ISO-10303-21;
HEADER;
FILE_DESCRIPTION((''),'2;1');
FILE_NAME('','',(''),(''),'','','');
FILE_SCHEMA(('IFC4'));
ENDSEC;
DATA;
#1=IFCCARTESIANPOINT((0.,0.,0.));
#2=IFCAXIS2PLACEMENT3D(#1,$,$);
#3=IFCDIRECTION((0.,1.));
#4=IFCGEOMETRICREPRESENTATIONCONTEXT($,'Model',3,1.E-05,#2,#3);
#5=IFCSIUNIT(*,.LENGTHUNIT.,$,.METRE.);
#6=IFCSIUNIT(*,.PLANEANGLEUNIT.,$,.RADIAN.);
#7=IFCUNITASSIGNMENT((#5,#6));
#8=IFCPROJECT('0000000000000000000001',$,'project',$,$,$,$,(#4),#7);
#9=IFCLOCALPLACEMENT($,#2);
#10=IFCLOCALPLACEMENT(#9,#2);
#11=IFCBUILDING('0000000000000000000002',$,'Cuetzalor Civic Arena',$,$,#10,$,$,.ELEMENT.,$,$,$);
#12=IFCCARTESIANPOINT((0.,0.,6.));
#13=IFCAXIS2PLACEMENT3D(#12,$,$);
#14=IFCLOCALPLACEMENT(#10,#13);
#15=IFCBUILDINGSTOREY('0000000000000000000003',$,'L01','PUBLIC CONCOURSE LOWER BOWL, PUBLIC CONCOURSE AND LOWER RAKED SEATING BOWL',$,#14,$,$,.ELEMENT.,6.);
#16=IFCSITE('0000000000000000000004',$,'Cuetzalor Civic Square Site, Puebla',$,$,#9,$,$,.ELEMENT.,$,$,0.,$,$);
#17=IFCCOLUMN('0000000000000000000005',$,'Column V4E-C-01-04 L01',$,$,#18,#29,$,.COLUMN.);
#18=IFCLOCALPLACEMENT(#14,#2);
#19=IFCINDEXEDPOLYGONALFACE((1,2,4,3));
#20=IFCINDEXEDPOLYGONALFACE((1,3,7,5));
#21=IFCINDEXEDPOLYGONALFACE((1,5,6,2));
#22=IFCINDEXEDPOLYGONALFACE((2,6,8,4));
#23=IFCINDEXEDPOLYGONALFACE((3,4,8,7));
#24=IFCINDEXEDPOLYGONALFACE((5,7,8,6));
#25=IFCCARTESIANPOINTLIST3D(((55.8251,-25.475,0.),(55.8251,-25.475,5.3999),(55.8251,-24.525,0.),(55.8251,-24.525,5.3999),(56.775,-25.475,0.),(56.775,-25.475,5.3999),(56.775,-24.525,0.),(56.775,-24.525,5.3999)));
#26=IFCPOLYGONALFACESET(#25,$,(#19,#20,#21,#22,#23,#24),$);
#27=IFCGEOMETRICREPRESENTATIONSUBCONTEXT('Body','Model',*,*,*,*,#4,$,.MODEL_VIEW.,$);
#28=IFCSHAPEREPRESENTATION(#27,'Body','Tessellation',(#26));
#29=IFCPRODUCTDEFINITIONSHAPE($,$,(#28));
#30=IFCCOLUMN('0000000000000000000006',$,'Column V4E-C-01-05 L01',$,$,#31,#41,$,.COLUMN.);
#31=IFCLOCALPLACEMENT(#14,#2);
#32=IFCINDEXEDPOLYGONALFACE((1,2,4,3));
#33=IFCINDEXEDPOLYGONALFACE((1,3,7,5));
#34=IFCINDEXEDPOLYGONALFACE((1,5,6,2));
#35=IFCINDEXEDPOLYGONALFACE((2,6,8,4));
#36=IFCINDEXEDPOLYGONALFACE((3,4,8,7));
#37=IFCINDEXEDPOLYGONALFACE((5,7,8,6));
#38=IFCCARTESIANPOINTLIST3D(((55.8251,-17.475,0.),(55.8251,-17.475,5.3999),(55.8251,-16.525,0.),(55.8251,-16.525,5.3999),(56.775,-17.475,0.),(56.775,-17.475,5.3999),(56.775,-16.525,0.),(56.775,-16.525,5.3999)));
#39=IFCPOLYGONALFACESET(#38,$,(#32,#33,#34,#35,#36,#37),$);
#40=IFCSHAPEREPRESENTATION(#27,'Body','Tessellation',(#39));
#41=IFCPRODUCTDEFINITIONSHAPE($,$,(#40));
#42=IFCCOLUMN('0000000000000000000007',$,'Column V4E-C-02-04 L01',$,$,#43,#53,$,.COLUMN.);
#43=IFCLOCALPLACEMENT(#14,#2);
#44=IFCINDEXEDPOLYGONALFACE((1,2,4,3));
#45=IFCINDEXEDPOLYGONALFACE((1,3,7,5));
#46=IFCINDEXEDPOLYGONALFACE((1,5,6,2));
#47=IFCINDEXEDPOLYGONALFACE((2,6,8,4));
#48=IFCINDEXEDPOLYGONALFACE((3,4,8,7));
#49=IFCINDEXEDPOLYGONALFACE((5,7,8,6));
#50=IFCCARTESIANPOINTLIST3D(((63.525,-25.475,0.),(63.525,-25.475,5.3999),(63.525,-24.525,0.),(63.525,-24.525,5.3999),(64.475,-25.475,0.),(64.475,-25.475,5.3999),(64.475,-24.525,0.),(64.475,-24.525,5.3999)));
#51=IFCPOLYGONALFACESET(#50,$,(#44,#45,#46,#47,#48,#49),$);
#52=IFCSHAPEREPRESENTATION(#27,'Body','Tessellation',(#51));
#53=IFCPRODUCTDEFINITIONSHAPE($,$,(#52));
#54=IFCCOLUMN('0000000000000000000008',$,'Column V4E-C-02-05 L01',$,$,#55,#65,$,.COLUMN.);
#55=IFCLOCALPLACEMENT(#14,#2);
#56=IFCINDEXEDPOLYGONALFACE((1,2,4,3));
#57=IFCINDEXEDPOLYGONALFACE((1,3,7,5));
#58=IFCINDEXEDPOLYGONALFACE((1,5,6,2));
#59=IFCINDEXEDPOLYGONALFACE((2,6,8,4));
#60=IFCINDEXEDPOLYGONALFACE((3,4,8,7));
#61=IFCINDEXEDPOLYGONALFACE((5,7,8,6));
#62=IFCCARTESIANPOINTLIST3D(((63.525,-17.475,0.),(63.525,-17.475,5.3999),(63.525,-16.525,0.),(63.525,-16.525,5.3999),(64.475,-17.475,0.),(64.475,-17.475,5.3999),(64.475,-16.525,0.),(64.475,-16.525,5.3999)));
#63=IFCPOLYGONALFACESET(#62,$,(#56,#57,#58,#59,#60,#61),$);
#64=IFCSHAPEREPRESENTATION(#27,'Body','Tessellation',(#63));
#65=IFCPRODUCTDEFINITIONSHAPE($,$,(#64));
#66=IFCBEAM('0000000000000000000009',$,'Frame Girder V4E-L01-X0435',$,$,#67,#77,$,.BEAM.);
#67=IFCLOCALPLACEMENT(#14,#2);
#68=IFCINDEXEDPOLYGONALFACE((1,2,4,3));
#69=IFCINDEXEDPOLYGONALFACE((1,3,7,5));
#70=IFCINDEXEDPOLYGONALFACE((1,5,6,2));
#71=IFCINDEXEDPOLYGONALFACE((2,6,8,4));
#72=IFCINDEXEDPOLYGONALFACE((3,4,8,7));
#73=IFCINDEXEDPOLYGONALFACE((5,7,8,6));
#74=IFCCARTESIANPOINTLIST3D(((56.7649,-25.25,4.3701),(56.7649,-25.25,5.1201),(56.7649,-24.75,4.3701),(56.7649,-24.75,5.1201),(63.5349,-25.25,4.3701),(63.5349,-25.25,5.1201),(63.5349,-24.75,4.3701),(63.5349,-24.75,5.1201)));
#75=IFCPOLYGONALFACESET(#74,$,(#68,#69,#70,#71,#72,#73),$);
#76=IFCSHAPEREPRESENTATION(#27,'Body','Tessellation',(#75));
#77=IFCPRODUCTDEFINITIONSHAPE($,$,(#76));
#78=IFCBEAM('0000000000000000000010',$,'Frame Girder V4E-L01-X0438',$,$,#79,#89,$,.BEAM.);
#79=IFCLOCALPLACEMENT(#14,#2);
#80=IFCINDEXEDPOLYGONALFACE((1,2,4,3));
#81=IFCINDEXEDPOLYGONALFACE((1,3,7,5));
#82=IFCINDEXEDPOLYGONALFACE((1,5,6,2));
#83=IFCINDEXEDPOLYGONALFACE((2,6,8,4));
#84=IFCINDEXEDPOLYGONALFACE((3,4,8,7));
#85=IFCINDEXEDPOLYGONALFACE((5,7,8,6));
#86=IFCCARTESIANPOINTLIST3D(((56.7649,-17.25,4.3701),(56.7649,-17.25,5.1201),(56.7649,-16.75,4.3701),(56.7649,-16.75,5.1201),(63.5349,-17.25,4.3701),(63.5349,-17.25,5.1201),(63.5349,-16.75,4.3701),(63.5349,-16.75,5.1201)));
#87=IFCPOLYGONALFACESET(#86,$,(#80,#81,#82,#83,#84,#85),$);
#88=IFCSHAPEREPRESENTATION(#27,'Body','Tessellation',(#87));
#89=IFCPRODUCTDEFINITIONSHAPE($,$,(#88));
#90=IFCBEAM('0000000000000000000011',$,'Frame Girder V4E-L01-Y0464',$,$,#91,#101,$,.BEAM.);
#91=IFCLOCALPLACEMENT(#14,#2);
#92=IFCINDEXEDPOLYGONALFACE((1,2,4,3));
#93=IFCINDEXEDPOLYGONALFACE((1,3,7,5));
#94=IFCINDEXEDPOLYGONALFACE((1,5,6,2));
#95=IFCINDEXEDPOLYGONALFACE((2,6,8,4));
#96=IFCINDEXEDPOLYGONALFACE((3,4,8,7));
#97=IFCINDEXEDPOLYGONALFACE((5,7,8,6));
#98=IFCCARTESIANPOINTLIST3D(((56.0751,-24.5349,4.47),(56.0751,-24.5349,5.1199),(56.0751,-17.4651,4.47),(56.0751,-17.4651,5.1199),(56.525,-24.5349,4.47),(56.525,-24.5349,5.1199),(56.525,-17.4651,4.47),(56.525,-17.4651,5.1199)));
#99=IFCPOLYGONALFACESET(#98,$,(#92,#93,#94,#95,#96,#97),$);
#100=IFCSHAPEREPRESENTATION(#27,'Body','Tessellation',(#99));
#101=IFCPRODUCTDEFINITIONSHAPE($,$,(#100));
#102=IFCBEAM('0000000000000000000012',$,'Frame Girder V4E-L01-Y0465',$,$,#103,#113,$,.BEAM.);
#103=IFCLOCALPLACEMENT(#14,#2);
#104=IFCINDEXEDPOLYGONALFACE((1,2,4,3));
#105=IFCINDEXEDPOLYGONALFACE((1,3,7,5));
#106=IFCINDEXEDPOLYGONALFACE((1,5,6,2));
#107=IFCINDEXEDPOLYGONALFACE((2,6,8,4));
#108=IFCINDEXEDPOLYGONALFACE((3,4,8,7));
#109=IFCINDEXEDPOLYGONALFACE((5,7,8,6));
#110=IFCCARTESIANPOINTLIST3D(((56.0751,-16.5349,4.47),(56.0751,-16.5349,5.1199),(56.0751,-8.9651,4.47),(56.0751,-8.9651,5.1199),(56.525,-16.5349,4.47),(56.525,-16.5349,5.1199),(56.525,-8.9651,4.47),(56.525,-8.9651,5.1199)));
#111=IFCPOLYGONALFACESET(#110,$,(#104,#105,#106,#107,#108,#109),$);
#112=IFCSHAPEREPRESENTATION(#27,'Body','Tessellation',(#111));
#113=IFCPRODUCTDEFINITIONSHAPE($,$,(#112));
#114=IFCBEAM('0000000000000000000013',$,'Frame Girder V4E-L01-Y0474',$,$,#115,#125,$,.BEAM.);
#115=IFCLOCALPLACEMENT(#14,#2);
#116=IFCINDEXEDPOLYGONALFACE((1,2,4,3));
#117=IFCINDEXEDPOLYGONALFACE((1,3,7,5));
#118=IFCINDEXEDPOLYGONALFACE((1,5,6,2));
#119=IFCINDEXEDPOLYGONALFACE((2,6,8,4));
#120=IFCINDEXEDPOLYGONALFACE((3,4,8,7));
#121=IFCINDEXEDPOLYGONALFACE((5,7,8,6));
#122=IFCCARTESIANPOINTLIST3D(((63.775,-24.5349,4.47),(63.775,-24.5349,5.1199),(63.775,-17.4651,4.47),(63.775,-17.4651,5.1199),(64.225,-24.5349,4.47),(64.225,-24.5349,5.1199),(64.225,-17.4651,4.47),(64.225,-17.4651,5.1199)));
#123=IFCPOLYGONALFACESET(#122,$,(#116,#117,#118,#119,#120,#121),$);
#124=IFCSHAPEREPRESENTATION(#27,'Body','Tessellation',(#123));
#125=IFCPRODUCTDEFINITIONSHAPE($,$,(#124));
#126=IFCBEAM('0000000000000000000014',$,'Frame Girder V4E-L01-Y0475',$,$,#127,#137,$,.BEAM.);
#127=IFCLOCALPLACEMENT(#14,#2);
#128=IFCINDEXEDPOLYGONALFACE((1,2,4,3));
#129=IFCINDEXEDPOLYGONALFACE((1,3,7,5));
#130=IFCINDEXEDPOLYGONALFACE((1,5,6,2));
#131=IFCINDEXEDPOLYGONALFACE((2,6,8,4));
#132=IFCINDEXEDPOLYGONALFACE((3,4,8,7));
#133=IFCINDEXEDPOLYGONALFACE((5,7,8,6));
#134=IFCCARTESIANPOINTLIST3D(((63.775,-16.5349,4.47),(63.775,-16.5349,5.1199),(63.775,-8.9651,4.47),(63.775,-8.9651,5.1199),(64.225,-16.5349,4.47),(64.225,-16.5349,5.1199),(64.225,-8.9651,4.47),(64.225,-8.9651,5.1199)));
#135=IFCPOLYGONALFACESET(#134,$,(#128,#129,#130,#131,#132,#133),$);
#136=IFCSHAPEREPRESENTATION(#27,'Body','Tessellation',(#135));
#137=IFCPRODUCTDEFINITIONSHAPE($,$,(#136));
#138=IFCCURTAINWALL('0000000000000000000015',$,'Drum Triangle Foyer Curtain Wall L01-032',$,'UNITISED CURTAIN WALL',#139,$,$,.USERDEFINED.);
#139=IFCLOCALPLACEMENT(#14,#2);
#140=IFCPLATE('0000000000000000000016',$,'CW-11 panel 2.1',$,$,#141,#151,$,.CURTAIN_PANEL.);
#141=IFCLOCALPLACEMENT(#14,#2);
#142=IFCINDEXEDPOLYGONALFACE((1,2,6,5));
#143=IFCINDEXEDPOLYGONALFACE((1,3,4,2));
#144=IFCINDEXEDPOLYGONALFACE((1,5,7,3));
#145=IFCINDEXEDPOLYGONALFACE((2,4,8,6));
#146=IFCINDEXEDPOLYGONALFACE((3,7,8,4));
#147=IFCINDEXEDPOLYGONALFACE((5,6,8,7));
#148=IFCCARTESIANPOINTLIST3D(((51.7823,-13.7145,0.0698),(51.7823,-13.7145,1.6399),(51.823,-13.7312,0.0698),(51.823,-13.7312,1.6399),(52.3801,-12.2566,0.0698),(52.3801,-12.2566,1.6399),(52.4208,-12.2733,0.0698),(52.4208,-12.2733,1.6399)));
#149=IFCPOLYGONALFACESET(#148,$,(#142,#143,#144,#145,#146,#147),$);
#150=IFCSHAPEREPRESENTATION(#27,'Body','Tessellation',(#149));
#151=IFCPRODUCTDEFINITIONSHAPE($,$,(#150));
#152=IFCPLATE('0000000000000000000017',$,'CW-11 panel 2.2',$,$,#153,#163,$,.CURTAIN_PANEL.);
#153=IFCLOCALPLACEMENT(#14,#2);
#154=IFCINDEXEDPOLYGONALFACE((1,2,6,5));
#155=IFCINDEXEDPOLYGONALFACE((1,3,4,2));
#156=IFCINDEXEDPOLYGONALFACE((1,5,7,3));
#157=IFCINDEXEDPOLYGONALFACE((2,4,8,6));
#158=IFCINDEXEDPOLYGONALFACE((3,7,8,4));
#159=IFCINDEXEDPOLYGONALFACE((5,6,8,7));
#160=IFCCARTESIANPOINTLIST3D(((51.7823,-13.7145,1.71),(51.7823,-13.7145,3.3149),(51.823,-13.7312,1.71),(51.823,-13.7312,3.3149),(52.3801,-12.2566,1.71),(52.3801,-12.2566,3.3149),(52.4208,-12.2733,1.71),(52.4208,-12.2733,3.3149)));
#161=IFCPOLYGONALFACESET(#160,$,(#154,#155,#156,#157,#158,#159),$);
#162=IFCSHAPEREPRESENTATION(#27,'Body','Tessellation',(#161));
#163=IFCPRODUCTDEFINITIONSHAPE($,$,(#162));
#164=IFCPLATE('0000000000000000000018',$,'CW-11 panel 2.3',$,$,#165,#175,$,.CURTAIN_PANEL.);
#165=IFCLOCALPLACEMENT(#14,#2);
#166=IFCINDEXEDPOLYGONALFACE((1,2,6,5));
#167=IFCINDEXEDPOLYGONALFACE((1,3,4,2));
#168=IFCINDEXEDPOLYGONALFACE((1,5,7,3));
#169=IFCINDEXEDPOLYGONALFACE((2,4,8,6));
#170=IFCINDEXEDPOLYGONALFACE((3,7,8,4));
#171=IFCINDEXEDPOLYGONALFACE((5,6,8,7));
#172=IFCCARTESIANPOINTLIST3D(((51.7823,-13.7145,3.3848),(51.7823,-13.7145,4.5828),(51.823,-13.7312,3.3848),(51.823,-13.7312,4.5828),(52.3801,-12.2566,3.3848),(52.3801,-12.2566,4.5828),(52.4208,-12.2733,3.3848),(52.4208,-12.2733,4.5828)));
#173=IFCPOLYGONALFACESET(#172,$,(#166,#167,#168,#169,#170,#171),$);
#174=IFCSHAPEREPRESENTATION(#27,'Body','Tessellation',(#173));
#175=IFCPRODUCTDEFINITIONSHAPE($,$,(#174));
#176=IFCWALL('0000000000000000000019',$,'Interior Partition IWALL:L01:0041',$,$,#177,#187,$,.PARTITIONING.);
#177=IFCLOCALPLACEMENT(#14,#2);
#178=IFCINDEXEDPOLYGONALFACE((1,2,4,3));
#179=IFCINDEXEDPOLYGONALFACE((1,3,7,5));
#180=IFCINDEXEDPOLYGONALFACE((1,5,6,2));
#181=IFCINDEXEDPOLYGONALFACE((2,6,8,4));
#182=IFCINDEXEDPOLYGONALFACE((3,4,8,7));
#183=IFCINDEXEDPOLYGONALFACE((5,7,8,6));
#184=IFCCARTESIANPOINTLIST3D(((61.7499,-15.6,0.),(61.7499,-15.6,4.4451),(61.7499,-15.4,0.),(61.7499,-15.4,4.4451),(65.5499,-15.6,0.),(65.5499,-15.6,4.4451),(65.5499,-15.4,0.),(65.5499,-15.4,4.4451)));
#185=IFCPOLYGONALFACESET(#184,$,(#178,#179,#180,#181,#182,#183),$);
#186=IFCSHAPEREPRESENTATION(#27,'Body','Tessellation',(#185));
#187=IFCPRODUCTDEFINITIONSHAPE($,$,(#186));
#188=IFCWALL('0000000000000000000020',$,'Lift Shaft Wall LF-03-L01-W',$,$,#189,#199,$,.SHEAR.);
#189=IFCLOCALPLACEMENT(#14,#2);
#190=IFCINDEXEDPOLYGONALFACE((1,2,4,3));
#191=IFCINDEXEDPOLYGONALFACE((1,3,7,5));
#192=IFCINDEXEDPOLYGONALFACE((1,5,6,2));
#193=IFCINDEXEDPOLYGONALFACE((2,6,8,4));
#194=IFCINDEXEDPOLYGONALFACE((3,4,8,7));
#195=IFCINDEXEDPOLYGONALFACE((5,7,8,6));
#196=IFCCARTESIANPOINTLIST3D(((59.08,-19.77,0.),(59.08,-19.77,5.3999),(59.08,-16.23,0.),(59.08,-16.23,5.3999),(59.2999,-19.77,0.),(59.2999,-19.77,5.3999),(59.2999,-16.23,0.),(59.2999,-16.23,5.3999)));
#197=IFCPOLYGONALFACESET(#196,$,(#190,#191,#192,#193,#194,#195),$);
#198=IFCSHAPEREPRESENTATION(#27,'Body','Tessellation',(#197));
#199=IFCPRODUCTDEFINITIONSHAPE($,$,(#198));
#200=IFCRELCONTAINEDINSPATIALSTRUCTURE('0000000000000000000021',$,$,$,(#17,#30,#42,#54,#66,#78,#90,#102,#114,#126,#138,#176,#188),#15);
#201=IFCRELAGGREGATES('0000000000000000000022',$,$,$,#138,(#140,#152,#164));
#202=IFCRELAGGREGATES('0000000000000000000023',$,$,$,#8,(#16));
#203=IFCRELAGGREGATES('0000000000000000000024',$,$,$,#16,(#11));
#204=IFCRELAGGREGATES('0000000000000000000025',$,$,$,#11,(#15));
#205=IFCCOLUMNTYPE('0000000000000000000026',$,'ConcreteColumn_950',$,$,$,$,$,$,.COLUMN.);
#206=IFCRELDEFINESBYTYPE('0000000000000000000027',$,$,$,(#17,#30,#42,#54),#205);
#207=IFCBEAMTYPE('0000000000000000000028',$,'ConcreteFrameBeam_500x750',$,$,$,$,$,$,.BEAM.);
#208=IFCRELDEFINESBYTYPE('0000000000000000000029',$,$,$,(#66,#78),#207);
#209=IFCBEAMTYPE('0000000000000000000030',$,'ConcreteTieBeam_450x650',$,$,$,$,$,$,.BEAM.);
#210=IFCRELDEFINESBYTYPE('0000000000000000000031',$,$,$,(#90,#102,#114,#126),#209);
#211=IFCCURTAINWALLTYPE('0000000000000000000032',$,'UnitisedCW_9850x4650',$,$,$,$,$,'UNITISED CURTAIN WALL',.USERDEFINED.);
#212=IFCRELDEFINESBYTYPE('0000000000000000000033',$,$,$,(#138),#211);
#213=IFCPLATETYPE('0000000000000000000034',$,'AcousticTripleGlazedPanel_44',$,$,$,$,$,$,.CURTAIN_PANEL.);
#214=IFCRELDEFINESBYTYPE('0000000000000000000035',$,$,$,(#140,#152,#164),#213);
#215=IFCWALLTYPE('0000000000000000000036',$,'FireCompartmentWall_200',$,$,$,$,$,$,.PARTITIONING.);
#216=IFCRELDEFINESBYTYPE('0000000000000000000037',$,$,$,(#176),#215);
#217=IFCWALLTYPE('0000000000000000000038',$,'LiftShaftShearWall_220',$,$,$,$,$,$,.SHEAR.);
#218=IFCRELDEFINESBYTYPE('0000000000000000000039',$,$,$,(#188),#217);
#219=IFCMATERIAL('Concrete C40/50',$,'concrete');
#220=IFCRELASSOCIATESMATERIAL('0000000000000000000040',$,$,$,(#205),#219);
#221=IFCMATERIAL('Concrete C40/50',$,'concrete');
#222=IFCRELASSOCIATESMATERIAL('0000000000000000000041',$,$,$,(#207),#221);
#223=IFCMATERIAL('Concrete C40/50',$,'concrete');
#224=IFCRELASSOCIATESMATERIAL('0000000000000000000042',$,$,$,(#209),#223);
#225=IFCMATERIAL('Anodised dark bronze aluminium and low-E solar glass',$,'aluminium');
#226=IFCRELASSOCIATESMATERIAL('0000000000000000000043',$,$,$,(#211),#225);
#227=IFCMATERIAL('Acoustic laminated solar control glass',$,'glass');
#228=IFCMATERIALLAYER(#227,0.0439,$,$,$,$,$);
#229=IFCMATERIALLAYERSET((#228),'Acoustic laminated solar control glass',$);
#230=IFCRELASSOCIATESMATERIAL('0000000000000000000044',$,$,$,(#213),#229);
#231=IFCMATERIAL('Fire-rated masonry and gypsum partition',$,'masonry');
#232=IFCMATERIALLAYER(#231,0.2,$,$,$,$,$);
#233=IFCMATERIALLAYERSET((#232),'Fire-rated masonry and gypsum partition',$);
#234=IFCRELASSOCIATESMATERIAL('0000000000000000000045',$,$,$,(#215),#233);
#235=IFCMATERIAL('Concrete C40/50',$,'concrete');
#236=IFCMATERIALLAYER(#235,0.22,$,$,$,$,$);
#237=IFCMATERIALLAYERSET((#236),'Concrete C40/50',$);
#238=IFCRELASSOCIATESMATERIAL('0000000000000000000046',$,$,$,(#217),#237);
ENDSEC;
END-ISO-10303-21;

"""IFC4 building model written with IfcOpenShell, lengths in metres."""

from ifc_helpers import new_model, si_unit, direction, frame, frame_2d, origin, origin_2d, place, context, subcontext, project, spatial, rectangle, extrude, material, layer, layer_set, material_profile, profile_set, type_object, element, aggregate, save


model = new_model("IFC4")

# Units and contexts
model_context = context("Model", 3, precision=1e-05, world=origin(), true_north=direction((0.0, 1.0)))
body_context = subcontext(model_context, "Body", "Model", "MODEL_VIEW")
ifc_project = project(units=[si_unit("LENGTHUNIT", "METRE"), si_unit("PLANEANGLEUNIT", "RADIAN")], contexts=[model_context])

# Site, building, storey
site_placement = place(None, origin())
site = spatial("IfcSite", under=ifc_project, at=site_placement, Name="Cuetzalor Civic Square Site, Puebla", CompositionType="ELEMENT", RefElevation=0.0)
building_placement = place(site_placement, origin())
building = spatial("IfcBuilding", under=site, at=building_placement, Name="Cuetzalor Civic Arena", CompositionType="ELEMENT")
storey_placement = place(building_placement, frame((0.0, 0.0, 6.0)))
storey = spatial("IfcBuildingStorey", under=building, at=storey_placement, Name="L01", Description="PUBLIC CONCOURSE LOWER BOWL, PUBLIC CONCOURSE AND LOWER RAKED SEATING BOWL", CompositionType="ELEMENT", Elevation=6.0)

# Columns
ifc_material_1 = material(Name="Concrete C40/50", Category="concrete")
ifc_material_profile_1 = material_profile(ifc_material_1, rectangle(XDim=0.95, YDim=0.95, at=origin_2d()), Name="RC 950x950")
ifc_profile_set_1 = profile_set([ifc_material_profile_1], Name="Concrete C40/50")
column_type = type_object("IfcColumnType", Name="ConcreteColumn_950", PredefinedType="COLUMN", material=ifc_profile_set_1)
for number, where, z_axis, x_axis, name in (
    (1, (56.3, -25.0, 0.0), (0.0, 0.0, 1.0), (1.0, 0.0, 0.0), "Column V4E-C-01-04 L01"),
    (2, (56.3, -17.0, 0.0), (0.0, 0.0, 1.0), (1.0, 0.0, 0.0), "Column V4E-C-01-05 L01"),
    (3, (64.0, -25.0, 0.0), (0.0, 0.0, 1.0), (1.0, 0.0, 0.0), "Column V4E-C-02-04 L01"),
    (4, (64.0, -17.0, 0.0), (0.0, 0.0, 1.0), (1.0, 0.0, 0.0), "Column V4E-C-02-05 L01"),
):
    element("IfcColumn", number, at=place(storey_placement, frame(where, z_axis=z_axis, x_axis=x_axis)), inside=storey, type_object=column_type, Name=name, PredefinedType="COLUMN", context=body_context, shape_type="SweptSolid", body=[
        extrude(rectangle(XDim=0.95, YDim=0.95, at=origin_2d()), origin(), (0.0, 0.0, 1.0), 5.3999),
    ])

# Beams
ifc_material_2 = material(Name="Concrete C40/50", Category="concrete")
ifc_material_profile_2 = material_profile(ifc_material_2, rectangle(XDim=0.5, YDim=0.75, at=origin_2d()), Name="RC 500x750")
ifc_profile_set_2 = profile_set([ifc_material_profile_2], Name="Concrete C40/50")
beam_type_1 = type_object("IfcBeamType", Name="ConcreteFrameBeam_500x750", PredefinedType="BEAM", material=ifc_profile_set_2)
for number, where, z_axis, x_axis, name in (
    (5, (56.7649, -25.0, 4.7451), (1.0, 0.0, 0.0), (0.0, 1.0, 0.0), "Frame Girder V4E-L01-X0435"),
    (6, (56.7649, -17.0, 4.7451), (1.0, 0.0, 0.0), (0.0, 1.0, 0.0), "Frame Girder V4E-L01-X0438"),
):
    element("IfcBeam", number, at=place(storey_placement, frame(where, z_axis=z_axis, x_axis=x_axis)), inside=storey, type_object=beam_type_1, Name=name, PredefinedType="BEAM", context=body_context, shape_type="SweptSolid", body=[
        extrude(rectangle(XDim=0.5, YDim=0.75, at=origin_2d()), origin(), (0.0, 0.0, 1.0), 6.77),
    ])
ifc_material_3 = material(Name="Concrete C40/50", Category="concrete")
ifc_material_profile_3 = material_profile(ifc_material_3, rectangle(XDim=0.45, YDim=0.6499, at=origin_2d()), Name="RC 450x650")
ifc_profile_set_3 = profile_set([ifc_material_profile_3], Name="Concrete C40/50")
beam_type_2 = type_object("IfcBeamType", Name="ConcreteTieBeam_450x650", PredefinedType="BEAM", material=ifc_profile_set_3)
beam_1_placement = place(storey_placement, frame((56.3, -24.5349, 4.7949), z_axis=(0.0, 1.0, 0.0), x_axis=(-1.0, 0.0, 0.0)))
element("IfcBeam", 7, at=beam_1_placement, inside=storey, type_object=beam_type_2, Name="Frame Girder V4E-L01-Y0464", PredefinedType="BEAM", context=body_context, shape_type="SweptSolid", body=[
    extrude(rectangle(XDim=0.45, YDim=0.6499, at=origin_2d()), origin(), (0.0, 0.0, 1.0), 7.0698),
])
beam_2_placement = place(storey_placement, frame((56.3, -16.5349, 4.7949), z_axis=(0.0, 1.0, 0.0), x_axis=(-1.0, 0.0, 0.0)))
element("IfcBeam", 8, at=beam_2_placement, inside=storey, type_object=beam_type_2, Name="Frame Girder V4E-L01-Y0465", PredefinedType="BEAM", context=body_context, shape_type="SweptSolid", body=[
    extrude(rectangle(XDim=0.45, YDim=0.6499, at=origin_2d()), origin(), (0.0, 0.0, 1.0), 7.5698),
])
beam_3_placement = place(storey_placement, frame((64.0, -24.5349, 4.7949), z_axis=(0.0, 1.0, 0.0), x_axis=(-1.0, 0.0, 0.0)))
element("IfcBeam", 9, at=beam_3_placement, inside=storey, type_object=beam_type_2, Name="Frame Girder V4E-L01-Y0474", PredefinedType="BEAM", context=body_context, shape_type="SweptSolid", body=[
    extrude(rectangle(XDim=0.45, YDim=0.6499, at=origin_2d()), origin(), (0.0, 0.0, 1.0), 7.0698),
])
beam_4_placement = place(storey_placement, frame((64.0, -16.5349, 4.7949), z_axis=(0.0, 1.0, 0.0), x_axis=(-1.0, 0.0, 0.0)))
element("IfcBeam", 10, at=beam_4_placement, inside=storey, type_object=beam_type_2, Name="Frame Girder V4E-L01-Y0475", PredefinedType="BEAM", context=body_context, shape_type="SweptSolid", body=[
    extrude(rectangle(XDim=0.45, YDim=0.6499, at=origin_2d()), origin(), (0.0, 0.0, 1.0), 7.5698),
])

# Curtain wall, plates
ifc_material_4 = material(Name="Anodised dark bronze aluminium and low-E solar glass", Category="aluminium")
curtain_wall_type = type_object("IfcCurtainWallType", Name="UnitisedCW_9850x4650", ElementType="UNITISED CURTAIN WALL", PredefinedType="USERDEFINED", material=ifc_material_4)
curtain_wall_placement = place(storey_placement, origin())
curtain_wall = element("IfcCurtainWall", 11, at=curtain_wall_placement, inside=storey, type_object=curtain_wall_type, Name="Drum Triangle Foyer Curtain Wall L01-032", ObjectType="UNITISED CURTAIN WALL", PredefinedType="USERDEFINED")
ifc_material_5 = material(Name="Acoustic laminated solar control glass", Category="glass")
ifc_layer_1 = layer(ifc_material_5, 0.0439)
ifc_layer_set_1 = layer_set([ifc_layer_1], Name="Acoustic laminated solar control glass")
plate_type = type_object("IfcPlateType", Name="AcousticTripleGlazedPanel_44", PredefinedType="CURTAIN_PANEL", material=ifc_layer_set_1)
plate_1_placement = place(storey_placement, frame((52.1016, -12.9939, 0.0698), z_axis=(0.0, 0.0, 1.0), x_axis=(-0.379391, -0.925236, 0.0)))
plate_1 = element("IfcPlate", 12, at=plate_1_placement, type_object=plate_type, Name="CW-11 panel 2.1", PredefinedType="CURTAIN_PANEL", context=body_context, shape_type="SweptSolid", body=[
    extrude(rectangle(XDim=1.5757, YDim=0.0439, at=origin_2d()), origin(), (0.0, 0.0, 1.0), 1.5701),
])
plate_2_placement = place(storey_placement, frame((52.1016, -12.9939, 1.71), z_axis=(0.0, 0.0, 1.0), x_axis=(-0.379391, -0.925236, 0.0)))
plate_2 = element("IfcPlate", 13, at=plate_2_placement, type_object=plate_type, Name="CW-11 panel 2.2", PredefinedType="CURTAIN_PANEL", context=body_context, shape_type="SweptSolid", body=[
    extrude(rectangle(XDim=1.5757, YDim=0.0439, at=origin_2d()), origin(), (0.0, 0.0, 1.0), 1.605),
])
plate_3_placement = place(storey_placement, frame((52.1016, -12.9939, 3.3848), z_axis=(0.0, 0.0, 1.0), x_axis=(-0.379391, -0.925236, 0.0)))
plate_3 = element("IfcPlate", 14, at=plate_3_placement, type_object=plate_type, Name="CW-11 panel 2.3", PredefinedType="CURTAIN_PANEL", context=body_context, shape_type="SweptSolid", body=[
    extrude(rectangle(XDim=1.5757, YDim=0.0439, at=origin_2d()), origin(), (0.0, 0.0, 1.0), 1.198),
])
aggregate(curtain_wall, [plate_1, plate_2, plate_3])

# Walls
ifc_material_6 = material(Name="Fire-rated masonry and gypsum partition", Category="masonry")
ifc_layer_2 = layer(ifc_material_6, 0.2)
ifc_layer_set_2 = layer_set([ifc_layer_2], Name="Fire-rated masonry and gypsum partition")
wall_type_1 = type_object("IfcWallType", Name="FireCompartmentWall_200", PredefinedType="PARTITIONING", material=ifc_layer_set_2)
wall_1_placement = place(storey_placement, frame((61.75, -15.5, 0.0), z_axis=(0.0, 0.0, 1.0), x_axis=(1.0, 0.0, 0.0)))
element("IfcWall", 15, at=wall_1_placement, inside=storey, type_object=wall_type_1, Name="Interior Partition IWALL:L01:0041", PredefinedType="PARTITIONING", context=body_context, shape_type="SweptSolid", body=[
    extrude(rectangle(XDim=3.8, YDim=0.2, at=frame_2d((1.8999, 0.0))), origin(), (0.0, 0.0, 1.0), 4.4451),
])
ifc_material_7 = material(Name="Concrete C40/50", Category="concrete")
ifc_layer_3 = layer(ifc_material_7, 0.22)
ifc_layer_set_3 = layer_set([ifc_layer_3], Name="Concrete C40/50")
wall_type_2 = type_object("IfcWallType", Name="LiftShaftShearWall_220", PredefinedType="SHEAR", material=ifc_layer_set_3)
wall_2_placement = place(storey_placement, frame((59.1899, -19.77, 0.0), z_axis=(0.0, 0.0, 1.0), x_axis=(0.0, 1.0, 0.0)))
element("IfcWall", 16, at=wall_2_placement, inside=storey, type_object=wall_type_2, Name="Lift Shaft Wall LF-03-L01-W", PredefinedType="SHEAR", context=body_context, shape_type="SweptSolid", body=[
    extrude(rectangle(XDim=3.54, YDim=0.22, at=frame_2d((1.77, 0.0))), origin(), (0.0, 0.0, 1.0), 5.3999),
])

save(model, "model.ifc")
